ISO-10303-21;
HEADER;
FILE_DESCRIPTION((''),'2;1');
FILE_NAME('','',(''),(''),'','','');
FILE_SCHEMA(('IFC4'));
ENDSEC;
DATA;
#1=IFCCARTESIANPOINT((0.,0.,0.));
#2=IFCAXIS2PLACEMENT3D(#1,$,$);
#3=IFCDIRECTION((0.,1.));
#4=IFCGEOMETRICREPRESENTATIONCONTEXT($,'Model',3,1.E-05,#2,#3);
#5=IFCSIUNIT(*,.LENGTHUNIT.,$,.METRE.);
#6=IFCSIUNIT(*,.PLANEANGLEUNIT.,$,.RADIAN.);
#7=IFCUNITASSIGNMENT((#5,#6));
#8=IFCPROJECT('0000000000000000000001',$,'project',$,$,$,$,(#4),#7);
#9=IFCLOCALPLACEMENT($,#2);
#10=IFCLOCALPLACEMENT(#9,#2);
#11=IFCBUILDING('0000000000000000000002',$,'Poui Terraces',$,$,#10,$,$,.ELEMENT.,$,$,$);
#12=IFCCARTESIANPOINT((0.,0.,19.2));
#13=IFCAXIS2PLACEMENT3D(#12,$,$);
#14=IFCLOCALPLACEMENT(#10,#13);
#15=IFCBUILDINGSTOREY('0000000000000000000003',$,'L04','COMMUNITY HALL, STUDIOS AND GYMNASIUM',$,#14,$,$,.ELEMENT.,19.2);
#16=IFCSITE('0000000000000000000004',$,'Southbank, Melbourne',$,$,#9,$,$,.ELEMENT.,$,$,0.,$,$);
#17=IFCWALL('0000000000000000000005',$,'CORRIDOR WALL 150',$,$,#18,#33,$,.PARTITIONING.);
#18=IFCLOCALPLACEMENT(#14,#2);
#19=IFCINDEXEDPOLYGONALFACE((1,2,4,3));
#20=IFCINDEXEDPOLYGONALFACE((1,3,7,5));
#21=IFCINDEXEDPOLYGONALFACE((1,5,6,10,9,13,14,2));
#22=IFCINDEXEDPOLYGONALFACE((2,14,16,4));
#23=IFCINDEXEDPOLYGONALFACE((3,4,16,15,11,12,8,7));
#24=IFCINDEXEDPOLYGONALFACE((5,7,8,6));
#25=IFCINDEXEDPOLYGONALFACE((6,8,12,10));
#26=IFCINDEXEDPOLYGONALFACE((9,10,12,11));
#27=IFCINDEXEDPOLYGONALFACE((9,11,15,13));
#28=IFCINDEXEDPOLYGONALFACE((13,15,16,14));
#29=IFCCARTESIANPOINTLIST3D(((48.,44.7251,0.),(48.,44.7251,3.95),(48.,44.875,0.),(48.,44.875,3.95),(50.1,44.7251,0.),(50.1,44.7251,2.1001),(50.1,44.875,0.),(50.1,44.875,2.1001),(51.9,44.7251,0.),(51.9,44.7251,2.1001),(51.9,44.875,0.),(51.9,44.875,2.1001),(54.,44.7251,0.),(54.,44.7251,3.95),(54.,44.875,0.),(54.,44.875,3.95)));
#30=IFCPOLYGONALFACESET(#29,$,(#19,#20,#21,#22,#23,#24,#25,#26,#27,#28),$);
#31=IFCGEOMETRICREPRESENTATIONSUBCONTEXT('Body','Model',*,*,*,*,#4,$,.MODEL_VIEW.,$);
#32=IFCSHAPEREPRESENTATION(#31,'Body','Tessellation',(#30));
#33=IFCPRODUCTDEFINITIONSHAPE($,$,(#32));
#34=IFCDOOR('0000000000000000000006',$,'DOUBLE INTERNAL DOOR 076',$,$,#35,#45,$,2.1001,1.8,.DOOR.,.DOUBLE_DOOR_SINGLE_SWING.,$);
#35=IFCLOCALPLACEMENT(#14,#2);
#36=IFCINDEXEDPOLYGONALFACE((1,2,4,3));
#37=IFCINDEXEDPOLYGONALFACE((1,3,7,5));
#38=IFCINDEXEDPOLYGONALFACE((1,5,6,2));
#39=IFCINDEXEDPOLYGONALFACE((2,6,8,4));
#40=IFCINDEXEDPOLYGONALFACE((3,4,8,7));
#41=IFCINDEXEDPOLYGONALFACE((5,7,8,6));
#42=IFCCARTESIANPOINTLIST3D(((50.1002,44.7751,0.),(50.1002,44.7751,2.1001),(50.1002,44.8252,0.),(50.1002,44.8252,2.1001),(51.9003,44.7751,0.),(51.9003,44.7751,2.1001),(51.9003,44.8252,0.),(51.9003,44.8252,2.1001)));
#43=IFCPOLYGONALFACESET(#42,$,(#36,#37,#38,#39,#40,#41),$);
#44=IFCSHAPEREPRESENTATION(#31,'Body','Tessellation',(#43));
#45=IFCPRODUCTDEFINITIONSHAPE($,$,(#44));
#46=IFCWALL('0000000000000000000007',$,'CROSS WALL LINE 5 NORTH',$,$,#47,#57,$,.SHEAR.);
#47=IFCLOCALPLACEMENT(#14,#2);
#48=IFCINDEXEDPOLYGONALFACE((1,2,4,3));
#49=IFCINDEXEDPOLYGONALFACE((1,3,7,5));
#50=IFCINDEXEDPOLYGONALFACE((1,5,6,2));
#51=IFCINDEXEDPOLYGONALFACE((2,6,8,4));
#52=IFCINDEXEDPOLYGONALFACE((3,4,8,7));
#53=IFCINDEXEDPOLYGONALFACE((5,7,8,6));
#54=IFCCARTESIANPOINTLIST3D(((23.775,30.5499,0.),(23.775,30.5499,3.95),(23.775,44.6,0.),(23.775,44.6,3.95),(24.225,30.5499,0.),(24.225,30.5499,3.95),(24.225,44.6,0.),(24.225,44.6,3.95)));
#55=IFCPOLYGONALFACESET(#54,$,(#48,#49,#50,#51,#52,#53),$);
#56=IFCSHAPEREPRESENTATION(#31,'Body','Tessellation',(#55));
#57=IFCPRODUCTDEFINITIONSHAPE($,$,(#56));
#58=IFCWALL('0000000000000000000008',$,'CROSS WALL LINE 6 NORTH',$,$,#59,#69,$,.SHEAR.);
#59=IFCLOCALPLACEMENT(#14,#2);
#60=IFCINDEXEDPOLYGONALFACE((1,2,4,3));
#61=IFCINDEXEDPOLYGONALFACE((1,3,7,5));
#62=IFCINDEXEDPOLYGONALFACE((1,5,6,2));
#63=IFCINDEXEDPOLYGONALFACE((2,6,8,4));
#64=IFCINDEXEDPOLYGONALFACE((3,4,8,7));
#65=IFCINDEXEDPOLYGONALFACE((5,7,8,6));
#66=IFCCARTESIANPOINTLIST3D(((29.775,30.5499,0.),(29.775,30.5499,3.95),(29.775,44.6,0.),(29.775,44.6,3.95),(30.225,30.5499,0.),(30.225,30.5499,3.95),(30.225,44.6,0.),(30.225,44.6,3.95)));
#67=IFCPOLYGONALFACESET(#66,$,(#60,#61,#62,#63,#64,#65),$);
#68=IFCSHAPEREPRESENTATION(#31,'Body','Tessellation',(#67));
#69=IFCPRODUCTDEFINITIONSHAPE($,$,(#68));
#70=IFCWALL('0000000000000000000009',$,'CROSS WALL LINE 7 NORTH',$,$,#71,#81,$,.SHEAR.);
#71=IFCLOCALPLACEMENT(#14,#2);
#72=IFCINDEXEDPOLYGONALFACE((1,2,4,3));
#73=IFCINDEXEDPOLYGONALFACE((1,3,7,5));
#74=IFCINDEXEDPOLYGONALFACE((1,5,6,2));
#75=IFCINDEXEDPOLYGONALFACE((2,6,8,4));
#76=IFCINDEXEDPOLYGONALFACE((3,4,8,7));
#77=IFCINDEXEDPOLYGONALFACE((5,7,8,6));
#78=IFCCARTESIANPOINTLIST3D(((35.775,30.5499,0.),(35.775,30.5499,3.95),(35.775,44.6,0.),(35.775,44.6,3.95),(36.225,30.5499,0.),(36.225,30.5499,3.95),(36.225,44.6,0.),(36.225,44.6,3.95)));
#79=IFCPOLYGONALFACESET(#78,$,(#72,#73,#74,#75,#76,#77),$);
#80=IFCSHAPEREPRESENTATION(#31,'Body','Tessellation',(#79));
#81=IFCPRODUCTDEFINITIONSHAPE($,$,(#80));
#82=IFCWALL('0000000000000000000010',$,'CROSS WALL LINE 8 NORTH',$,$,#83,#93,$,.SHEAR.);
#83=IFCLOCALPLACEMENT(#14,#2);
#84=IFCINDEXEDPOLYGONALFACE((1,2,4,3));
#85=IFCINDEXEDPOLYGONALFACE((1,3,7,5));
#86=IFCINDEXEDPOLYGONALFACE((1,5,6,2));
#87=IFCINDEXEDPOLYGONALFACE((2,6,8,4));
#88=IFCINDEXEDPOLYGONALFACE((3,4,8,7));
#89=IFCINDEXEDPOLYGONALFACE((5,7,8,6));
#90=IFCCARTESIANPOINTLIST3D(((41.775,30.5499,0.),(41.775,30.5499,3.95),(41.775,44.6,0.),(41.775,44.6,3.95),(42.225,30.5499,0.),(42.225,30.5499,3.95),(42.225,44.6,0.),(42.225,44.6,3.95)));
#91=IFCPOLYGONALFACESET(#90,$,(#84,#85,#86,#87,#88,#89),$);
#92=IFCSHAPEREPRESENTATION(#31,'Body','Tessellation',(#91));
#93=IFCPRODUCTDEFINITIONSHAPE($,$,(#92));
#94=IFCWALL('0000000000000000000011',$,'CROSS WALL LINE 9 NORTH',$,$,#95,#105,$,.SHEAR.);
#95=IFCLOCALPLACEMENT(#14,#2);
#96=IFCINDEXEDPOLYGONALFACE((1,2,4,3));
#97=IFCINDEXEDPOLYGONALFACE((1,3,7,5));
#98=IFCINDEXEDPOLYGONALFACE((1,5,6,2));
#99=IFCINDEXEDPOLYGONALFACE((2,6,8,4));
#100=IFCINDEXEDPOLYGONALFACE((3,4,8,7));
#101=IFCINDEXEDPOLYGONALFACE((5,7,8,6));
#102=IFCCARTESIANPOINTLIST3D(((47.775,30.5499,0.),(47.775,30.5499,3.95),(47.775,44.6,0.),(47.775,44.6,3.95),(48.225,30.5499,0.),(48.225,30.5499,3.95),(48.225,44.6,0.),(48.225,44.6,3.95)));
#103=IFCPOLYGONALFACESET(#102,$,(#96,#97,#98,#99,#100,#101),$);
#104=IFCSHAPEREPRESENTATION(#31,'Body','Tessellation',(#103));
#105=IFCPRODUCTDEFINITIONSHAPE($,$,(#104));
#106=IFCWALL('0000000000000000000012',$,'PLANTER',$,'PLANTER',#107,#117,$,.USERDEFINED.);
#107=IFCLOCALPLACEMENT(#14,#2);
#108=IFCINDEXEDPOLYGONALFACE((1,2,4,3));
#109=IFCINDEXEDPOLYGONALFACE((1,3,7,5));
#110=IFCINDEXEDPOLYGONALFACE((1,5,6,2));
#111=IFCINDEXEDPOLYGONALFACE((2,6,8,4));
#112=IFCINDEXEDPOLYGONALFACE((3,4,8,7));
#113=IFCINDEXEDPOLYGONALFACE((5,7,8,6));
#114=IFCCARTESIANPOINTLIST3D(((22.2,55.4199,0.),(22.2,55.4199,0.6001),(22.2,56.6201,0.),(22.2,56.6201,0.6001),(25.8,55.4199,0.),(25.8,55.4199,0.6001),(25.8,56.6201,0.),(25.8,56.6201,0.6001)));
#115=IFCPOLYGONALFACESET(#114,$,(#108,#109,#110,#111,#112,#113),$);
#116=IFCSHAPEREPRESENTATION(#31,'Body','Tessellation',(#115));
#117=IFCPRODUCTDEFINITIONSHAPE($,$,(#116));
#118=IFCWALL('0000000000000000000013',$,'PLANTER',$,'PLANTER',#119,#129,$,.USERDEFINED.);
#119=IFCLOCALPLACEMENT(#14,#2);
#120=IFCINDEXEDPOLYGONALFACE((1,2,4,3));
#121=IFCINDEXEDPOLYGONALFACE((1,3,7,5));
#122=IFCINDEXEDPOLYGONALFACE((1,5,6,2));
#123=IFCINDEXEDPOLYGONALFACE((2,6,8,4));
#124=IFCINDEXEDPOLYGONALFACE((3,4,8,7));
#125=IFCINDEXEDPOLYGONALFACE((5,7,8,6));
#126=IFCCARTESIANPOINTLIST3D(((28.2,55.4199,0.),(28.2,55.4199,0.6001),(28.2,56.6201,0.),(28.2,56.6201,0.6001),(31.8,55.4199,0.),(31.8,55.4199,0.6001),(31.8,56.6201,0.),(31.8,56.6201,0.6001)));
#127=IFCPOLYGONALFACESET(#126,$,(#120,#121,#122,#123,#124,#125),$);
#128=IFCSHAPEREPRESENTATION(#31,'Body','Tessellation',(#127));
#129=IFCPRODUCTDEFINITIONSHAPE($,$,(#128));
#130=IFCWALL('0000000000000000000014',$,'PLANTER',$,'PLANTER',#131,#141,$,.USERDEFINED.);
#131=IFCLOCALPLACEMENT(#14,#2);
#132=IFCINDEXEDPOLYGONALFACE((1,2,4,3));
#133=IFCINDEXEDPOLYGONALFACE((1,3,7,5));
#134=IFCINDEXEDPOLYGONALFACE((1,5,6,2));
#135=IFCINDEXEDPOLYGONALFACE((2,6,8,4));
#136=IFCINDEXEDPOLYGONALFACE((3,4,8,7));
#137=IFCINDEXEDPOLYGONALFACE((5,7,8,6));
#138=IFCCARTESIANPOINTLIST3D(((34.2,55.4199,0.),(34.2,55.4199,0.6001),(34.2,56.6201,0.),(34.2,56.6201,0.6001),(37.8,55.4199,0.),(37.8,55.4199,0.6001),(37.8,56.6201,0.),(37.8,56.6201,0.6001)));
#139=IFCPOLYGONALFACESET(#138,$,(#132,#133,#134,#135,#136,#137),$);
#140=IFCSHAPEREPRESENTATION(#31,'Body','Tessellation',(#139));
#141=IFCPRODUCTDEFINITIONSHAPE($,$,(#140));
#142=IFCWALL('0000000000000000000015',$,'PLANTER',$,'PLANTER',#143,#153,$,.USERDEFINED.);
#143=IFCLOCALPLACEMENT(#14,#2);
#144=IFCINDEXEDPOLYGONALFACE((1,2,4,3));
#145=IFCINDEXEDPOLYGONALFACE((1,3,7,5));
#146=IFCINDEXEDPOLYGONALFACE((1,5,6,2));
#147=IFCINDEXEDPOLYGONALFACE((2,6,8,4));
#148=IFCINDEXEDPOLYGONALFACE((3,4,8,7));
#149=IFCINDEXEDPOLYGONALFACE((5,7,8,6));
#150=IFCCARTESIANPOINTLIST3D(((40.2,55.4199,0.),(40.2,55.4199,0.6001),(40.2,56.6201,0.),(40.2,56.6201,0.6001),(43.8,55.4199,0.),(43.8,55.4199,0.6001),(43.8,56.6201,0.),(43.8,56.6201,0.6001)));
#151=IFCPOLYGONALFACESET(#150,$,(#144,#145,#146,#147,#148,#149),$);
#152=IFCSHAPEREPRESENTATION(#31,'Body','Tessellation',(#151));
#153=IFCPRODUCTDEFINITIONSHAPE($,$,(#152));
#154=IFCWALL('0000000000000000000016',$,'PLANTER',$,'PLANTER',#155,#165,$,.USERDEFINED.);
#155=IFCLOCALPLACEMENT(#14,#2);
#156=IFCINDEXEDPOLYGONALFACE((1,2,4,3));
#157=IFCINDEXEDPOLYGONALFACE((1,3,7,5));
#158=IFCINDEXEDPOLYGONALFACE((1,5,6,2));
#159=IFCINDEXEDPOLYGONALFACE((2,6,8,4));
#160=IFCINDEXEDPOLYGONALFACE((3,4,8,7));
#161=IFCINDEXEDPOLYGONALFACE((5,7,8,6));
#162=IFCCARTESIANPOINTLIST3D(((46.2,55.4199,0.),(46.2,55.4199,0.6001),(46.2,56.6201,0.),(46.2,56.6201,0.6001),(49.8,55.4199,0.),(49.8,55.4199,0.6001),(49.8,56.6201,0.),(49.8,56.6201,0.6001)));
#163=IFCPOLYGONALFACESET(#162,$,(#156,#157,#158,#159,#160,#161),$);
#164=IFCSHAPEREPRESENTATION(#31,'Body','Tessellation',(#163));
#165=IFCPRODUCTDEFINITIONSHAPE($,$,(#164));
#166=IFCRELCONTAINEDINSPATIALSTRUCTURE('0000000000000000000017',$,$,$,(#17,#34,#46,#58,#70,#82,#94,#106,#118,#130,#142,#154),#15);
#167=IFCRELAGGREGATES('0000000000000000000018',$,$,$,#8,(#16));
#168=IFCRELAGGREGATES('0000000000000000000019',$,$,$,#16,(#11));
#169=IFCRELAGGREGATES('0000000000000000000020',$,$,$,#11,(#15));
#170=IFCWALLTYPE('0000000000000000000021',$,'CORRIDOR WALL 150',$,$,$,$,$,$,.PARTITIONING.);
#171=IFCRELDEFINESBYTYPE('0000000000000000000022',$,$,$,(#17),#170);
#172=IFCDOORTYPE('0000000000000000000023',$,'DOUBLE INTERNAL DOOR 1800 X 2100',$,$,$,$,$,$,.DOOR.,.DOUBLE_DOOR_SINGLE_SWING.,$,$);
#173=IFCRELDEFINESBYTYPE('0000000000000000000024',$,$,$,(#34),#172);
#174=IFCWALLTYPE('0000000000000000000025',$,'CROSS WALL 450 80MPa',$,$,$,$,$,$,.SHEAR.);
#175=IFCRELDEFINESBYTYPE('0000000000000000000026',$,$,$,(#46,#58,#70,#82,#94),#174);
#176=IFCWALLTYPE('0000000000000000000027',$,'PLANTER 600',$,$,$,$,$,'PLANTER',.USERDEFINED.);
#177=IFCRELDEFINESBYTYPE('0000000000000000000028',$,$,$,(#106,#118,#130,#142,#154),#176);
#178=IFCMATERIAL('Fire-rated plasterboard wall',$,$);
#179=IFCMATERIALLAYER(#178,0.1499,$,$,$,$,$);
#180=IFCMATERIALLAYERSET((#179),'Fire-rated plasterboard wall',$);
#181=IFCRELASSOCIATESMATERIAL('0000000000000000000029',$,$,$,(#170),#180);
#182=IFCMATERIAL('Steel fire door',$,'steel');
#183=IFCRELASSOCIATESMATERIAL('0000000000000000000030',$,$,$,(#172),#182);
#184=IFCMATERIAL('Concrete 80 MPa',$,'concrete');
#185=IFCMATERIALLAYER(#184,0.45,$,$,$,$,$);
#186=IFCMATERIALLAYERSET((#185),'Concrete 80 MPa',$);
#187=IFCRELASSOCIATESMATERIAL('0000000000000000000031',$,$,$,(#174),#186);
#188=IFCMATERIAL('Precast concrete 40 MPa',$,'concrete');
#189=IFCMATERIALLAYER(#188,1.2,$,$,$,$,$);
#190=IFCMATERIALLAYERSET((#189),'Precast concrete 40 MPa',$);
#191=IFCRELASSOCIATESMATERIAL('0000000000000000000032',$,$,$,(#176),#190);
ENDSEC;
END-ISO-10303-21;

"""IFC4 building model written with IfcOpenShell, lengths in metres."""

from ifc_helpers import new_model, si_unit, direction, frame, frame_2d, origin, place, context, subcontext, project, spatial, polyline, rectangle, outline, extrude, source, transform, mapped, material, layer, layer_set, type_object, element, fill, save


model = new_model("IFC4")

# Units and contexts
model_context = context("Model", 3, precision=1e-05, world=origin(), true_north=direction((0.0, 1.0)))
body_context = subcontext(model_context, "Body", "Model", "MODEL_VIEW")
ifc_project = project(units=[si_unit("LENGTHUNIT", "METRE"), si_unit("PLANEANGLEUNIT", "RADIAN")], contexts=[model_context])

# Site, building, storey
site_placement = place(None, origin())
site = spatial("IfcSite", under=ifc_project, at=site_placement, Name="Southbank, Melbourne", CompositionType="ELEMENT", RefElevation=0.0)
building_placement = place(site_placement, origin())
building = spatial("IfcBuilding", under=site, at=building_placement, Name="Poui Terraces", CompositionType="ELEMENT")
storey_placement = place(building_placement, frame((0.0, 0.0, 19.2)))
storey = spatial("IfcBuildingStorey", under=building, at=storey_placement, Name="L04", Description="COMMUNITY HALL, STUDIOS AND GYMNASIUM", CompositionType="ELEMENT", Elevation=19.2)

# Shared definitions
ifc_material_1 = material(Name="Concrete 80 MPa", Category="concrete")

# Wall, opening, door
ifc_material_2 = material(Name="Fire-rated plasterboard wall")
ifc_layer_1 = layer(ifc_material_2, 0.1499)
ifc_layer_set_1 = layer_set([ifc_layer_1], Name="Fire-rated plasterboard wall")
wall_type_1 = type_object("IfcWallType", Name="CORRIDOR WALL 150", PredefinedType="PARTITIONING", material=ifc_layer_set_1)
wall_1_placement = place(storey_placement, frame((48.0, 44.8, 0.0), z_axis=(0.0, 0.0, 1.0), x_axis=(1.0, 0.0, 0.0)))
wall_1 = element("IfcWall", 1, at=wall_1_placement, inside=storey, type_object=wall_type_1, Name="CORRIDOR WALL 150", PredefinedType="PARTITIONING", context=body_context, shape_type="SweptSolid", body=[
    extrude(rectangle(XDim=6.0, YDim=0.1499, at=frame_2d((3.0, 0.0))), origin(), (0.0, 0.0, 1.0), 3.95),
])
opening_placement = place(wall_1_placement, frame((2.1001, 0.0, 0.0)))
opening = element("IfcOpeningElement", 2, at=opening_placement, cuts=wall_1, PredefinedType="OPENING", context=body_context, shape_type="SweptSolid", body=[
    extrude(rectangle(XDim=1.8, YDim=2.1001, at=frame_2d((0.8999, 1.05))), frame((0.0, 0.085, 0.0), z_axis=(0.0, -1.0, 0.0), x_axis=(1.0, 0.0, 0.0)), (0.0, 0.0, 1.0), 0.1699),
])
ifc_material_3 = material(Name="Steel fire door", Category="steel")
door_type = type_object("IfcDoorType", Name="DOUBLE INTERNAL DOOR 1800 X 2100", OperationType="DOUBLE_DOOR_SINGLE_SWING", PredefinedType="DOOR", material=ifc_material_3)
door_placement = place(opening_placement, frame((1.8, 0.0, 0.0), z_axis=(0.0, 0.0, 1.0), x_axis=(-1.0, 0.0, 0.0)))
door = element("IfcDoor", 3, at=door_placement, inside=storey, type_object=door_type, Name="DOUBLE INTERNAL DOOR 076", OperationType="DOUBLE_DOOR_SINGLE_SWING", OverallHeight=2.1001, OverallWidth=1.8, PredefinedType="DOOR", context=body_context, shape_type="SweptSolid", body=[
    extrude(rectangle(XDim=1.8, YDim=2.1001, at=frame_2d((0.8999, 1.05))), frame((0.0, 0.0249, 0.0), z_axis=(0.0, -1.0, 0.0), x_axis=(1.0, 0.0, 0.0)), (0.0, 0.0, 1.0), 0.05),
])
fill(opening, door)

# Walls
ifc_layer_2 = layer(ifc_material_1, 0.45)
ifc_layer_set_2 = layer_set([ifc_layer_2], Name="Concrete 80 MPa")
wall_type_2 = type_object("IfcWallType", Name="CROSS WALL 450 80MPa", PredefinedType="SHEAR", material=ifc_layer_set_2)
for number, where, z_axis, x_axis, name in (
    (4, (24.0, 30.55, 0.0), (0.0, 0.0, 1.0), (0.0, 1.0, 0.0), "CROSS WALL LINE 5 NORTH"),
    (5, (30.0, 30.55, 0.0), (0.0, 0.0, 1.0), (0.0, 1.0, 0.0), "CROSS WALL LINE 6 NORTH"),
    (6, (36.0, 30.55, 0.0), (0.0, 0.0, 1.0), (0.0, 1.0, 0.0), "CROSS WALL LINE 7 NORTH"),
    (7, (42.0, 30.55, 0.0), (0.0, 0.0, 1.0), (0.0, 1.0, 0.0), "CROSS WALL LINE 8 NORTH"),
    (8, (48.0, 30.55, 0.0), (0.0, 0.0, 1.0), (0.0, 1.0, 0.0), "CROSS WALL LINE 9 NORTH"),
):
    element("IfcWall", number, at=place(storey_placement, frame(where, z_axis=z_axis, x_axis=x_axis)), inside=storey, type_object=wall_type_2, Name=name, PredefinedType="SHEAR", context=body_context, shape_type="SweptSolid", body=[
        extrude(rectangle(XDim=14.05, YDim=0.45, at=frame_2d((7.0249, 0.0))), origin(), (0.0, 0.0, 1.0), 3.95),
    ])
ifc_material_4 = material(Name="Precast concrete 40 MPa", Category="concrete")
ifc_layer_3 = layer(ifc_material_4, 1.2)
ifc_layer_set_3 = layer_set([ifc_layer_3], Name="Precast concrete 40 MPa")
wall_type_3 = type_object("IfcWallType", Name="PLANTER 600", ElementType="PLANTER", PredefinedType="USERDEFINED", material=ifc_layer_set_3)
shared_shape_1 = source(origin(), body_context, "Body", "SweptSolid", [
    extrude(outline(polyline([(0.0, 0.0), (3.6001, 0.0), (3.6001, 1.2002), (0.0, 1.2002), (0.0, 0.0)])), origin(), (0.0, 0.0, 1.0), 0.6001),
])
for number, where, name in (
    (9, (22.2, 55.4199, 0.0), "PLANTER"),
    (10, (28.2, 55.4199, 0.0), "PLANTER"),
    (11, (34.2, 55.4199, 0.0), "PLANTER"),
    (12, (40.2, 55.4199, 0.0), "PLANTER"),
    (13, (46.2, 55.4199, 0.0), "PLANTER"),
):
    element("IfcWall", number, at=place(storey_placement, frame(where)), inside=storey, type_object=wall_type_3, Name=name, ObjectType="PLANTER", PredefinedType="USERDEFINED", context=body_context, shape_type="MappedRepresentation", body=[
        mapped(shared_shape_1, transform((0.0, 0.0, 0.0))),
    ])

save(model, "model.ifc")
